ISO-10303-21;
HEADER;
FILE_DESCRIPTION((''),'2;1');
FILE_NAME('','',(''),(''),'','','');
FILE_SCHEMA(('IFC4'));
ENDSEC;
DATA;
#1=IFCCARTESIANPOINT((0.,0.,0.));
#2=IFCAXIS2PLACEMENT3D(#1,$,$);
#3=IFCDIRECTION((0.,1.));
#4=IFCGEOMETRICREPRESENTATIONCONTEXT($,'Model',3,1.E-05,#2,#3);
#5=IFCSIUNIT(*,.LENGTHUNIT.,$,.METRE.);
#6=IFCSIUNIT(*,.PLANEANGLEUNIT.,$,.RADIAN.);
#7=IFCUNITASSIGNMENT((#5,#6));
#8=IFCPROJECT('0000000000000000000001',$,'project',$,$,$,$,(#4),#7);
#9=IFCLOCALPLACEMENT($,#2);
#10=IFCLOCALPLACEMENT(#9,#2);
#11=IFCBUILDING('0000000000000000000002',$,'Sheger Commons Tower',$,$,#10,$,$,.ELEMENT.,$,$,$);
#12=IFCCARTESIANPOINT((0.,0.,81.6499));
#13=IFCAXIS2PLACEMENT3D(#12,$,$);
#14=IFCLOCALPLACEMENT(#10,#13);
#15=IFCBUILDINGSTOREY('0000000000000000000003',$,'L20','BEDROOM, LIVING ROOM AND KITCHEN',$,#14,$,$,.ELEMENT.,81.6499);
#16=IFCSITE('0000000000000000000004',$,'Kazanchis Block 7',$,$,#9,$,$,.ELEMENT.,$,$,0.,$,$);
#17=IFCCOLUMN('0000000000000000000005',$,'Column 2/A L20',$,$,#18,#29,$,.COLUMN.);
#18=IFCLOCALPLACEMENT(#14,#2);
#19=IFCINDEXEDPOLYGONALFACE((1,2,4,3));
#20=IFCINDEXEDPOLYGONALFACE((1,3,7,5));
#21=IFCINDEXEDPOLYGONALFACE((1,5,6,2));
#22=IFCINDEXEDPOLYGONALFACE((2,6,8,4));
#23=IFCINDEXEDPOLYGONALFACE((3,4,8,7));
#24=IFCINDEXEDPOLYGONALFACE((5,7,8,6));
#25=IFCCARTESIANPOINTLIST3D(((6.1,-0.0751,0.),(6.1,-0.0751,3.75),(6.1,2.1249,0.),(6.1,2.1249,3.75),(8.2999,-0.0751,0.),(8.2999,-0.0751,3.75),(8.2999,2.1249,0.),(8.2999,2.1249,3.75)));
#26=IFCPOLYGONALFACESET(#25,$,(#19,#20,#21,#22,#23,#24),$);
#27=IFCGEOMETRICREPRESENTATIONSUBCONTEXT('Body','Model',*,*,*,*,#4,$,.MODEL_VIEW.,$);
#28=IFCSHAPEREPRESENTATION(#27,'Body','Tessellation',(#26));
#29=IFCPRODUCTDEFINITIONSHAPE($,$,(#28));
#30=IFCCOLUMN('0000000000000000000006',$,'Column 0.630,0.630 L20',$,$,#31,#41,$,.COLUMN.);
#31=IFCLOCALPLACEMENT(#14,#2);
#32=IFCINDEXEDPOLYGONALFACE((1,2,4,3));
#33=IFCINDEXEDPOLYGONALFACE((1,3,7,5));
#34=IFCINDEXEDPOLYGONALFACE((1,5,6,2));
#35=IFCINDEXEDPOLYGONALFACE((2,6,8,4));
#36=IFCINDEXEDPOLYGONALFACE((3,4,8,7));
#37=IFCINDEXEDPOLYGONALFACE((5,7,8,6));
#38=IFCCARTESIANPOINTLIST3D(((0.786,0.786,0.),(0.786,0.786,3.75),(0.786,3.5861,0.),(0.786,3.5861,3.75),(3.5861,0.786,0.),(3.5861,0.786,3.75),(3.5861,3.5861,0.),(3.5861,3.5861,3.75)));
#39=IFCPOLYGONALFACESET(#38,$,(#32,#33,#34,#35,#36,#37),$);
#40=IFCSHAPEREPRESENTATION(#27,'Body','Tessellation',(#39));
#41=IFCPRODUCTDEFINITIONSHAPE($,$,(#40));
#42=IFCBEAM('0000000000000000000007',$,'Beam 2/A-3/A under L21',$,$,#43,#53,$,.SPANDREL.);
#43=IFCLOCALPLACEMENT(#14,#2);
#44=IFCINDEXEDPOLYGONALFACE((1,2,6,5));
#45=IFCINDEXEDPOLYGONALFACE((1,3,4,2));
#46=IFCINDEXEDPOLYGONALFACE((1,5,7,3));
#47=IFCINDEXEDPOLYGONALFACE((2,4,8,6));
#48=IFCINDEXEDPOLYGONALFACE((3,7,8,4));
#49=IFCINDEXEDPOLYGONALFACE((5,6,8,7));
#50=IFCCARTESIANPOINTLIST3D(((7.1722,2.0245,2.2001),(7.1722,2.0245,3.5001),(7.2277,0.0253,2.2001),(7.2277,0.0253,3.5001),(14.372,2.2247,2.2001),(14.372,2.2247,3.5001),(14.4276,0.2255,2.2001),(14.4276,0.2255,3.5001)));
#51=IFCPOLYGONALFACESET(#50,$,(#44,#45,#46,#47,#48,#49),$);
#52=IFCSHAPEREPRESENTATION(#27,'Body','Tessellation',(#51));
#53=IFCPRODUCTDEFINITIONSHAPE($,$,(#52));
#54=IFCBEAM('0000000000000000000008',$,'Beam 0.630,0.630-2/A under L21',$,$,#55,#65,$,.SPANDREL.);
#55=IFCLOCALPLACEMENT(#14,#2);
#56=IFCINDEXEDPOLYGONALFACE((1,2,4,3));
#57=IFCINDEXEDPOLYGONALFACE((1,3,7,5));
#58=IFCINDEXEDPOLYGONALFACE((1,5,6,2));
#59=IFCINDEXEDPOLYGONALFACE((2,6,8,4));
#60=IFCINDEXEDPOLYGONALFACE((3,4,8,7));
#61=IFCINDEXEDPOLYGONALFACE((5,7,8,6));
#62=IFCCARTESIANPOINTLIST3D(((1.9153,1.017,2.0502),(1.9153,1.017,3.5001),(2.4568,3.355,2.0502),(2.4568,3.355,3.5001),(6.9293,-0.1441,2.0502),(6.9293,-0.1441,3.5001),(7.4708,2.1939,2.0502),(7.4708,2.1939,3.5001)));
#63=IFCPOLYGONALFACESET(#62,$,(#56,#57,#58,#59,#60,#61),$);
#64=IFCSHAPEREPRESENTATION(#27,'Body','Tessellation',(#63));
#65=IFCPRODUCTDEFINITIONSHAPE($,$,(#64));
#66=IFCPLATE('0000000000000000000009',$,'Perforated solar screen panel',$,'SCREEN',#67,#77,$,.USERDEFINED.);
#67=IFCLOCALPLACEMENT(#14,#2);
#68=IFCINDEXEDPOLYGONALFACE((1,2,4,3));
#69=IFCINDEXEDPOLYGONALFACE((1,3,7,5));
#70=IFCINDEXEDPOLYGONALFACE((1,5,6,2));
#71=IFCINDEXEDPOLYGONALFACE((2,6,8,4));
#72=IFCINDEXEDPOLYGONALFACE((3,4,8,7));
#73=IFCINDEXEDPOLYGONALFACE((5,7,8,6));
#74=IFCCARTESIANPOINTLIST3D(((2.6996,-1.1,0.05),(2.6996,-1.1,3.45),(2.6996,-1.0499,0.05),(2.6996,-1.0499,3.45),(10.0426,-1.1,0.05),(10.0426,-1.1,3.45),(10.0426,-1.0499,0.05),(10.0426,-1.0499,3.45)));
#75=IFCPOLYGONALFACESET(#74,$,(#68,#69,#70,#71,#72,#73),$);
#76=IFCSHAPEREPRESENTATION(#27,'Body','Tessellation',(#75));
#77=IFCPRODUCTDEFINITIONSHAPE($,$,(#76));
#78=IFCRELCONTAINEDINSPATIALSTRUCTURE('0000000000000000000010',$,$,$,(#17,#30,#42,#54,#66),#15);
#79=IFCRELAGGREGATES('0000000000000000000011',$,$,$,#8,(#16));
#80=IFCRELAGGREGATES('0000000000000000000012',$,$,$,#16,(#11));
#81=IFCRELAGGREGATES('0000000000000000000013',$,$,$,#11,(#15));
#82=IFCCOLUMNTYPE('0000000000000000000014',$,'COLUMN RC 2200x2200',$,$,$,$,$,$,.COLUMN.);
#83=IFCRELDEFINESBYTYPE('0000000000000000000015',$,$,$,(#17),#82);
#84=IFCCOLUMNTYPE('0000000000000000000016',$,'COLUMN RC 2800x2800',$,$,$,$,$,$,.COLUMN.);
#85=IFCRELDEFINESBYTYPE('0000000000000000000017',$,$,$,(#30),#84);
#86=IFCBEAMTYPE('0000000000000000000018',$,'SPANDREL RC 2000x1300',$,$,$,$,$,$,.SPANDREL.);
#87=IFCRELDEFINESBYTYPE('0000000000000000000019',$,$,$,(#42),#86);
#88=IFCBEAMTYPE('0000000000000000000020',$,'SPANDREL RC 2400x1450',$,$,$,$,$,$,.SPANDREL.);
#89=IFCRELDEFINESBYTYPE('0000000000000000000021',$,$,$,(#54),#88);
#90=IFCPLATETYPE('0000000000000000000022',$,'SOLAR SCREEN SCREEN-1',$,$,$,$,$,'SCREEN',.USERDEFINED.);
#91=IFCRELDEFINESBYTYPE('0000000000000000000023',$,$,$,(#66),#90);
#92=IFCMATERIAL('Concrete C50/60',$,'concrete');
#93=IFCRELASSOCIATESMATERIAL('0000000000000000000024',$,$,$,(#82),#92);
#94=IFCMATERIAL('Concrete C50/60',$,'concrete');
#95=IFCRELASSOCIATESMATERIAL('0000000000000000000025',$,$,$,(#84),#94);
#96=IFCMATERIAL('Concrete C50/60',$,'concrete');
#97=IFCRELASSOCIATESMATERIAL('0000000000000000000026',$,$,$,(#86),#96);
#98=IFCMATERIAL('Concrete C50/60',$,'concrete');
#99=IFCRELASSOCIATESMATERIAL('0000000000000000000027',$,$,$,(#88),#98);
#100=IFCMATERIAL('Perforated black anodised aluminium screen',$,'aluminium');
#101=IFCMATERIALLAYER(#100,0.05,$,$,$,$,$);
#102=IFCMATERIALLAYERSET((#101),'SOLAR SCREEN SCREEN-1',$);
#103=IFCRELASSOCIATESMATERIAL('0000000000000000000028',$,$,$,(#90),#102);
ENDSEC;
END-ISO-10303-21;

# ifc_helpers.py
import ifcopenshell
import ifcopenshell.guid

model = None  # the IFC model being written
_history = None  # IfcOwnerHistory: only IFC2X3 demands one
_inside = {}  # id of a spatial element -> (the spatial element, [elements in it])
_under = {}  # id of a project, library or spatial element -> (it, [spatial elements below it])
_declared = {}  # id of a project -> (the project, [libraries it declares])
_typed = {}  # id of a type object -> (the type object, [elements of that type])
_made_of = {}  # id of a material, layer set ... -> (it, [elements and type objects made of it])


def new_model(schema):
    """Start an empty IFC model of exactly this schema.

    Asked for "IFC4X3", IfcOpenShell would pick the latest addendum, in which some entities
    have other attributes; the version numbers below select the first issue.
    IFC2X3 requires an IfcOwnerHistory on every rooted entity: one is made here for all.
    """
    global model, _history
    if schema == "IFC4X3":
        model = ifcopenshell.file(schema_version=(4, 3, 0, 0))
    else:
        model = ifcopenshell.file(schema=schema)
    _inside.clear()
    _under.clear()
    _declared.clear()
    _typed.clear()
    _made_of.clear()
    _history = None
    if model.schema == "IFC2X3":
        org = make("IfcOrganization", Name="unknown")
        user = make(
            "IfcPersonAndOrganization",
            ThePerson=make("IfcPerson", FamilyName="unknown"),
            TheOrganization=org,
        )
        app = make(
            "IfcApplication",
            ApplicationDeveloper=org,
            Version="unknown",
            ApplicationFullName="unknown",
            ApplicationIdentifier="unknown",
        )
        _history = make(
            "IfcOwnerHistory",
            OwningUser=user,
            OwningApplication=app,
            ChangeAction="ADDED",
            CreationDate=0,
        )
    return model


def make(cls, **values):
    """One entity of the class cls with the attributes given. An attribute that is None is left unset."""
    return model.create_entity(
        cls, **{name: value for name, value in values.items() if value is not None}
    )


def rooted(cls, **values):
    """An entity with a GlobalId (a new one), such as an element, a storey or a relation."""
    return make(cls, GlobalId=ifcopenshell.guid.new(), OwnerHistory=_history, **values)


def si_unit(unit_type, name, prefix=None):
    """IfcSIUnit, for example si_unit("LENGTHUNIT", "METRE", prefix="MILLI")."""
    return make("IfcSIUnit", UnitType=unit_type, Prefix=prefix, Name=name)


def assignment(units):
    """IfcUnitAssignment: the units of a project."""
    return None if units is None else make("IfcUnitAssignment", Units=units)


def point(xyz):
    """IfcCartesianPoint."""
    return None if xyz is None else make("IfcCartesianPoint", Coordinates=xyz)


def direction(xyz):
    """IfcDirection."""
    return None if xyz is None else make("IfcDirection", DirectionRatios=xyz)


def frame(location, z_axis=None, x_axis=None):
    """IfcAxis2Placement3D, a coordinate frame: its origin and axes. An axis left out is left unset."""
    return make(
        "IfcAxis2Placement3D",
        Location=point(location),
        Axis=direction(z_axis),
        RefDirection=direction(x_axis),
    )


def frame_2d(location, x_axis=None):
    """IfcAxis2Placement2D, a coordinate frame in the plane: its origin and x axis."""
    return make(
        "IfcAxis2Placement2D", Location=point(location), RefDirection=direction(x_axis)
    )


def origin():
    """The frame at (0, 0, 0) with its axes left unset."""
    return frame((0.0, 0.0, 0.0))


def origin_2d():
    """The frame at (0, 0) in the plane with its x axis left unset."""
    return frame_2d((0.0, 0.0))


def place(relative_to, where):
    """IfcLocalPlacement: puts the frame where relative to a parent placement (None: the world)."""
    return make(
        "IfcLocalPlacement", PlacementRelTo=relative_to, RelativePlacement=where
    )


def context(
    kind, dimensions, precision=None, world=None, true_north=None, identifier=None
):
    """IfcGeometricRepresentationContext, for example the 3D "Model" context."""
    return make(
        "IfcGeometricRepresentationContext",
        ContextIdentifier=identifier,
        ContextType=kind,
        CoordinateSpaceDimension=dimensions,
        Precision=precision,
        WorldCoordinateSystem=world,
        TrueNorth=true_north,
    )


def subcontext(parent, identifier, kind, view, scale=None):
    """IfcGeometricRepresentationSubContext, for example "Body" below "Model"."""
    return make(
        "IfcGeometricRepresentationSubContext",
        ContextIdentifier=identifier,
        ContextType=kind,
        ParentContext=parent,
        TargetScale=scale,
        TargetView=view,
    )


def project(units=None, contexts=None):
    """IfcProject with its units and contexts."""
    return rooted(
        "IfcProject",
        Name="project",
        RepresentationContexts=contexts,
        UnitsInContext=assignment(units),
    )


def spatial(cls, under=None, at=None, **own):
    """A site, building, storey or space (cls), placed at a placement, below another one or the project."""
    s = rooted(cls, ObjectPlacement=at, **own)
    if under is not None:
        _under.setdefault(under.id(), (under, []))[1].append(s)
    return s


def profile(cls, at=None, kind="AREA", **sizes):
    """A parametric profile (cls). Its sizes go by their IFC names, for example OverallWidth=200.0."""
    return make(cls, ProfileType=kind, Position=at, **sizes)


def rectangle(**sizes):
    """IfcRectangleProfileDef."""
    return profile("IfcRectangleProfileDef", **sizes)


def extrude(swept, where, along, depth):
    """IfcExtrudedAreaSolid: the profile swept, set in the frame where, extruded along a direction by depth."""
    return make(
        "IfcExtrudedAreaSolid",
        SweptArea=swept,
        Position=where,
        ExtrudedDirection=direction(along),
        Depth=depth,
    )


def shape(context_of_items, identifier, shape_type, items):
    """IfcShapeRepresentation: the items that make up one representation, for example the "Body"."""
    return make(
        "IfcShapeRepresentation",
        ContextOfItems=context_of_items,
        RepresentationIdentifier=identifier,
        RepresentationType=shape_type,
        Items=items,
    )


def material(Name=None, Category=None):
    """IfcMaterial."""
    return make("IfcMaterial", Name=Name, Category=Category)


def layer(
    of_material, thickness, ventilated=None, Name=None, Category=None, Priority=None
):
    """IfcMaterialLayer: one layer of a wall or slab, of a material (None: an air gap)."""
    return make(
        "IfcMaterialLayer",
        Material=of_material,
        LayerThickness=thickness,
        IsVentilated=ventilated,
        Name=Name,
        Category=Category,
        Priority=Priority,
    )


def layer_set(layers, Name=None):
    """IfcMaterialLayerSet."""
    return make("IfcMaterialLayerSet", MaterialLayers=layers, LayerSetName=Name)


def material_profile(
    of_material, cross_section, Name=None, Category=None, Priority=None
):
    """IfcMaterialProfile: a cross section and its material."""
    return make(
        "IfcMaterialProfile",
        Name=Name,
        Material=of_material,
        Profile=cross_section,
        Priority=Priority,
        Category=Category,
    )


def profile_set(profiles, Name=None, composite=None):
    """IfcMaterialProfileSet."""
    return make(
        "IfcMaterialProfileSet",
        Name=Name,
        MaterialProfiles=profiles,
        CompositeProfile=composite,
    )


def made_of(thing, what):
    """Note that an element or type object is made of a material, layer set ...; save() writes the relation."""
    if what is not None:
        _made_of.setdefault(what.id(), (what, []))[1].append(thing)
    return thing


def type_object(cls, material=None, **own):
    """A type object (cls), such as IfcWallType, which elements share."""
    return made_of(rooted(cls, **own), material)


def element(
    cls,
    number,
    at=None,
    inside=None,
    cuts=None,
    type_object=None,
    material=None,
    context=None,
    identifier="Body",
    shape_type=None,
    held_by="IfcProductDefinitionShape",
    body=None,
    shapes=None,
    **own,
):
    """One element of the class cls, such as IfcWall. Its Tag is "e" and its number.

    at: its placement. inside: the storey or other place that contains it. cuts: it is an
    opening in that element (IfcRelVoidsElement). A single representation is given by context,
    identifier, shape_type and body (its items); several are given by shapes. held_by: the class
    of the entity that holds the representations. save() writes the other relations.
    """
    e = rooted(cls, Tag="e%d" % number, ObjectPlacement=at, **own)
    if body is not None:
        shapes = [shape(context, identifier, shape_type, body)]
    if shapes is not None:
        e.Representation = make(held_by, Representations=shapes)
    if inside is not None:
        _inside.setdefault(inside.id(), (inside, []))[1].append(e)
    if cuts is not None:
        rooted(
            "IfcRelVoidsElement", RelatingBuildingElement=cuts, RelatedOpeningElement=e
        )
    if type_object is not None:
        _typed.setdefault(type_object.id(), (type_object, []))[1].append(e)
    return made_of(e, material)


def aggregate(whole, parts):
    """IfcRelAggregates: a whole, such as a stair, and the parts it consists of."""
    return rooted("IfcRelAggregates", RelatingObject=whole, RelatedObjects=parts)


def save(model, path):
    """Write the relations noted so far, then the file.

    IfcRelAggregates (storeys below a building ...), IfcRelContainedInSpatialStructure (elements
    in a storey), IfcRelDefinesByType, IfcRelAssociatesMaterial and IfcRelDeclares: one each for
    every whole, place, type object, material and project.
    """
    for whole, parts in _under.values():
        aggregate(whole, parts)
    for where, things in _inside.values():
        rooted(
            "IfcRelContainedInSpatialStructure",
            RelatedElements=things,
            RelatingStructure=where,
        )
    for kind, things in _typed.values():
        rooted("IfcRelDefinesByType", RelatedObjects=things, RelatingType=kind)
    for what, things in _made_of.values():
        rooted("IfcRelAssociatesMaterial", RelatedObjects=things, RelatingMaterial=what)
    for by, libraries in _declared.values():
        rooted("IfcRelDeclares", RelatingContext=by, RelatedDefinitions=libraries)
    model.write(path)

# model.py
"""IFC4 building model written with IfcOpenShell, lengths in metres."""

from ifc_helpers import new_model, si_unit, direction, frame, origin, origin_2d, place, context, subcontext, project, spatial, rectangle, extrude, material, layer, layer_set, material_profile, profile_set, type_object, element, save


model = new_model("IFC4")

# Units and contexts
model_context = context("Model", 3, precision=1e-05, world=origin(), true_north=direction((0.0, 1.0)))
body_context = subcontext(model_context, "Body", "Model", "MODEL_VIEW")
ifc_project = project(units=[si_unit("LENGTHUNIT", "METRE"), si_unit("PLANEANGLEUNIT", "RADIAN")], contexts=[model_context])

# Site, building, storey
site_placement = place(None, origin())
site = spatial("IfcSite", under=ifc_project, at=site_placement, Name="Kazanchis Block 7", CompositionType="ELEMENT", RefElevation=0.0)
building_placement = place(site_placement, origin())
building = spatial("IfcBuilding", under=site, at=building_placement, Name="Sheger Commons Tower", CompositionType="ELEMENT")
storey_placement = place(building_placement, frame((0.0, 0.0, 81.6499)))
storey = spatial("IfcBuildingStorey", under=building, at=storey_placement, Name="L20", Description="BEDROOM, LIVING ROOM AND KITCHEN", CompositionType="ELEMENT", Elevation=81.6499)

# Columns
ifc_material_1 = material(Name="Concrete C50/60", Category="concrete")
ifc_material_profile_1 = material_profile(ifc_material_1, rectangle(XDim=2.2, YDim=2.2, at=origin_2d()), Name="RC 2200x2200")
ifc_profile_set_1 = profile_set([ifc_material_profile_1], Name="Concrete C50/60")
column_type_1 = type_object("IfcColumnType", Name="COLUMN RC 2200x2200", PredefinedType="COLUMN", material=ifc_profile_set_1)
column_1_placement = place(storey_placement, frame((7.2, 1.0249, 0.0), z_axis=(0.0, 0.0, 1.0), x_axis=(1.0, 0.0, 0.0)))
element("IfcColumn", 1, at=column_1_placement, inside=storey, type_object=column_type_1, Name="Column 2/A L20", PredefinedType="COLUMN", context=body_context, shape_type="SweptSolid", body=[
    extrude(rectangle(XDim=2.2, YDim=2.2, at=origin_2d()), origin(), (0.0, 0.0, 1.0), 3.75),
])
ifc_material_2 = material(Name="Concrete C50/60", Category="concrete")
ifc_material_profile_2 = material_profile(ifc_material_2, rectangle(XDim=2.8, YDim=2.8, at=origin_2d()), Name="RC 2800x2800")
ifc_profile_set_2 = profile_set([ifc_material_profile_2], Name="Concrete C50/60")
column_type_2 = type_object("IfcColumnType", Name="COLUMN RC 2800x2800", PredefinedType="COLUMN", material=ifc_profile_set_2)
column_2_placement = place(storey_placement, frame((2.186, 2.186, 0.0), z_axis=(0.0, 0.0, 1.0), x_axis=(1.0, 0.0, 0.0)))
element("IfcColumn", 2, at=column_2_placement, inside=storey, type_object=column_type_2, Name="Column 0.630,0.630 L20", PredefinedType="COLUMN", context=body_context, shape_type="SweptSolid", body=[
    extrude(rectangle(XDim=2.8, YDim=2.8, at=origin_2d()), origin(), (0.0, 0.0, 1.0), 3.75),
])

# Beams
ifc_material_3 = material(Name="Concrete C50/60", Category="concrete")
ifc_material_profile_3 = material_profile(ifc_material_3, rectangle(XDim=2.0, YDim=1.3, at=origin_2d()), Name="RC 2000x1300")
ifc_profile_set_3 = profile_set([ifc_material_profile_3], Name="Concrete C50/60")
beam_type_1 = type_object("IfcBeamType", Name="SPANDREL RC 2000x1300", PredefinedType="SPANDREL", material=ifc_profile_set_3)
beam_1_placement = place(storey_placement, frame((7.2, 1.0249, 2.8501), z_axis=(0.999614, 0.027794, 0.0), x_axis=(-0.027794, 0.999614, 0.0)))
element("IfcBeam", 3, at=beam_1_placement, inside=storey, type_object=beam_type_1, Name="Beam 2/A-3/A under L21", PredefinedType="SPANDREL", context=body_context, shape_type="SweptSolid", body=[
    extrude(rectangle(XDim=2.0, YDim=1.3, at=origin_2d()), origin(), (0.0, 0.0, 1.0), 7.2026),
])
ifc_material_4 = material(Name="Concrete C50/60", Category="concrete")
ifc_material_profile_4 = material_profile(ifc_material_4, rectangle(XDim=2.3999, YDim=1.45, at=origin_2d()), Name="RC 2400x1450")
ifc_profile_set_4 = profile_set([ifc_material_profile_4], Name="Concrete C50/60")
beam_type_2 = type_object("IfcBeamType", Name="SPANDREL RC 2400x1450", PredefinedType="SPANDREL", material=ifc_profile_set_4)
beam_2_placement = place(storey_placement, frame((2.186, 2.186, 2.7751), z_axis=(0.974217, -0.225611, 0.0), x_axis=(0.225611, 0.974217, 0.0)))
element("IfcBeam", 4, at=beam_2_placement, inside=storey, type_object=beam_type_2, Name="Beam 0.630,0.630-2/A under L21", PredefinedType="SPANDREL", context=body_context, shape_type="SweptSolid", body=[
    extrude(rectangle(XDim=2.3999, YDim=1.45, at=origin_2d()), origin(), (0.0, 0.0, 1.0), 5.1467),
])

# Plate
ifc_material_5 = material(Name="Perforated black anodised aluminium screen", Category="aluminium")
ifc_layer_1 = layer(ifc_material_5, 0.05)
ifc_layer_set_1 = layer_set([ifc_layer_1], Name="SOLAR SCREEN SCREEN-1")
plate_type = type_object("IfcPlateType", Name="SOLAR SCREEN SCREEN-1", ElementType="SCREEN", PredefinedType="USERDEFINED", material=ifc_layer_set_1)
plate_placement = place(storey_placement, frame((6.3711, -1.075, 0.05), z_axis=(0.0, 0.0, 1.0), x_axis=(1.0, 0.0, 0.0)))
element("IfcPlate", 5, at=plate_placement, inside=storey, type_object=plate_type, Name="Perforated solar screen panel", ObjectType="SCREEN", PredefinedType="USERDEFINED", context=body_context, shape_type="SweptSolid", body=[
    extrude(rectangle(XDim=7.343, YDim=0.05, at=origin_2d()), origin(), (0.0, 0.0, 1.0), 3.3999),
])

save(model, "model.ifc")
